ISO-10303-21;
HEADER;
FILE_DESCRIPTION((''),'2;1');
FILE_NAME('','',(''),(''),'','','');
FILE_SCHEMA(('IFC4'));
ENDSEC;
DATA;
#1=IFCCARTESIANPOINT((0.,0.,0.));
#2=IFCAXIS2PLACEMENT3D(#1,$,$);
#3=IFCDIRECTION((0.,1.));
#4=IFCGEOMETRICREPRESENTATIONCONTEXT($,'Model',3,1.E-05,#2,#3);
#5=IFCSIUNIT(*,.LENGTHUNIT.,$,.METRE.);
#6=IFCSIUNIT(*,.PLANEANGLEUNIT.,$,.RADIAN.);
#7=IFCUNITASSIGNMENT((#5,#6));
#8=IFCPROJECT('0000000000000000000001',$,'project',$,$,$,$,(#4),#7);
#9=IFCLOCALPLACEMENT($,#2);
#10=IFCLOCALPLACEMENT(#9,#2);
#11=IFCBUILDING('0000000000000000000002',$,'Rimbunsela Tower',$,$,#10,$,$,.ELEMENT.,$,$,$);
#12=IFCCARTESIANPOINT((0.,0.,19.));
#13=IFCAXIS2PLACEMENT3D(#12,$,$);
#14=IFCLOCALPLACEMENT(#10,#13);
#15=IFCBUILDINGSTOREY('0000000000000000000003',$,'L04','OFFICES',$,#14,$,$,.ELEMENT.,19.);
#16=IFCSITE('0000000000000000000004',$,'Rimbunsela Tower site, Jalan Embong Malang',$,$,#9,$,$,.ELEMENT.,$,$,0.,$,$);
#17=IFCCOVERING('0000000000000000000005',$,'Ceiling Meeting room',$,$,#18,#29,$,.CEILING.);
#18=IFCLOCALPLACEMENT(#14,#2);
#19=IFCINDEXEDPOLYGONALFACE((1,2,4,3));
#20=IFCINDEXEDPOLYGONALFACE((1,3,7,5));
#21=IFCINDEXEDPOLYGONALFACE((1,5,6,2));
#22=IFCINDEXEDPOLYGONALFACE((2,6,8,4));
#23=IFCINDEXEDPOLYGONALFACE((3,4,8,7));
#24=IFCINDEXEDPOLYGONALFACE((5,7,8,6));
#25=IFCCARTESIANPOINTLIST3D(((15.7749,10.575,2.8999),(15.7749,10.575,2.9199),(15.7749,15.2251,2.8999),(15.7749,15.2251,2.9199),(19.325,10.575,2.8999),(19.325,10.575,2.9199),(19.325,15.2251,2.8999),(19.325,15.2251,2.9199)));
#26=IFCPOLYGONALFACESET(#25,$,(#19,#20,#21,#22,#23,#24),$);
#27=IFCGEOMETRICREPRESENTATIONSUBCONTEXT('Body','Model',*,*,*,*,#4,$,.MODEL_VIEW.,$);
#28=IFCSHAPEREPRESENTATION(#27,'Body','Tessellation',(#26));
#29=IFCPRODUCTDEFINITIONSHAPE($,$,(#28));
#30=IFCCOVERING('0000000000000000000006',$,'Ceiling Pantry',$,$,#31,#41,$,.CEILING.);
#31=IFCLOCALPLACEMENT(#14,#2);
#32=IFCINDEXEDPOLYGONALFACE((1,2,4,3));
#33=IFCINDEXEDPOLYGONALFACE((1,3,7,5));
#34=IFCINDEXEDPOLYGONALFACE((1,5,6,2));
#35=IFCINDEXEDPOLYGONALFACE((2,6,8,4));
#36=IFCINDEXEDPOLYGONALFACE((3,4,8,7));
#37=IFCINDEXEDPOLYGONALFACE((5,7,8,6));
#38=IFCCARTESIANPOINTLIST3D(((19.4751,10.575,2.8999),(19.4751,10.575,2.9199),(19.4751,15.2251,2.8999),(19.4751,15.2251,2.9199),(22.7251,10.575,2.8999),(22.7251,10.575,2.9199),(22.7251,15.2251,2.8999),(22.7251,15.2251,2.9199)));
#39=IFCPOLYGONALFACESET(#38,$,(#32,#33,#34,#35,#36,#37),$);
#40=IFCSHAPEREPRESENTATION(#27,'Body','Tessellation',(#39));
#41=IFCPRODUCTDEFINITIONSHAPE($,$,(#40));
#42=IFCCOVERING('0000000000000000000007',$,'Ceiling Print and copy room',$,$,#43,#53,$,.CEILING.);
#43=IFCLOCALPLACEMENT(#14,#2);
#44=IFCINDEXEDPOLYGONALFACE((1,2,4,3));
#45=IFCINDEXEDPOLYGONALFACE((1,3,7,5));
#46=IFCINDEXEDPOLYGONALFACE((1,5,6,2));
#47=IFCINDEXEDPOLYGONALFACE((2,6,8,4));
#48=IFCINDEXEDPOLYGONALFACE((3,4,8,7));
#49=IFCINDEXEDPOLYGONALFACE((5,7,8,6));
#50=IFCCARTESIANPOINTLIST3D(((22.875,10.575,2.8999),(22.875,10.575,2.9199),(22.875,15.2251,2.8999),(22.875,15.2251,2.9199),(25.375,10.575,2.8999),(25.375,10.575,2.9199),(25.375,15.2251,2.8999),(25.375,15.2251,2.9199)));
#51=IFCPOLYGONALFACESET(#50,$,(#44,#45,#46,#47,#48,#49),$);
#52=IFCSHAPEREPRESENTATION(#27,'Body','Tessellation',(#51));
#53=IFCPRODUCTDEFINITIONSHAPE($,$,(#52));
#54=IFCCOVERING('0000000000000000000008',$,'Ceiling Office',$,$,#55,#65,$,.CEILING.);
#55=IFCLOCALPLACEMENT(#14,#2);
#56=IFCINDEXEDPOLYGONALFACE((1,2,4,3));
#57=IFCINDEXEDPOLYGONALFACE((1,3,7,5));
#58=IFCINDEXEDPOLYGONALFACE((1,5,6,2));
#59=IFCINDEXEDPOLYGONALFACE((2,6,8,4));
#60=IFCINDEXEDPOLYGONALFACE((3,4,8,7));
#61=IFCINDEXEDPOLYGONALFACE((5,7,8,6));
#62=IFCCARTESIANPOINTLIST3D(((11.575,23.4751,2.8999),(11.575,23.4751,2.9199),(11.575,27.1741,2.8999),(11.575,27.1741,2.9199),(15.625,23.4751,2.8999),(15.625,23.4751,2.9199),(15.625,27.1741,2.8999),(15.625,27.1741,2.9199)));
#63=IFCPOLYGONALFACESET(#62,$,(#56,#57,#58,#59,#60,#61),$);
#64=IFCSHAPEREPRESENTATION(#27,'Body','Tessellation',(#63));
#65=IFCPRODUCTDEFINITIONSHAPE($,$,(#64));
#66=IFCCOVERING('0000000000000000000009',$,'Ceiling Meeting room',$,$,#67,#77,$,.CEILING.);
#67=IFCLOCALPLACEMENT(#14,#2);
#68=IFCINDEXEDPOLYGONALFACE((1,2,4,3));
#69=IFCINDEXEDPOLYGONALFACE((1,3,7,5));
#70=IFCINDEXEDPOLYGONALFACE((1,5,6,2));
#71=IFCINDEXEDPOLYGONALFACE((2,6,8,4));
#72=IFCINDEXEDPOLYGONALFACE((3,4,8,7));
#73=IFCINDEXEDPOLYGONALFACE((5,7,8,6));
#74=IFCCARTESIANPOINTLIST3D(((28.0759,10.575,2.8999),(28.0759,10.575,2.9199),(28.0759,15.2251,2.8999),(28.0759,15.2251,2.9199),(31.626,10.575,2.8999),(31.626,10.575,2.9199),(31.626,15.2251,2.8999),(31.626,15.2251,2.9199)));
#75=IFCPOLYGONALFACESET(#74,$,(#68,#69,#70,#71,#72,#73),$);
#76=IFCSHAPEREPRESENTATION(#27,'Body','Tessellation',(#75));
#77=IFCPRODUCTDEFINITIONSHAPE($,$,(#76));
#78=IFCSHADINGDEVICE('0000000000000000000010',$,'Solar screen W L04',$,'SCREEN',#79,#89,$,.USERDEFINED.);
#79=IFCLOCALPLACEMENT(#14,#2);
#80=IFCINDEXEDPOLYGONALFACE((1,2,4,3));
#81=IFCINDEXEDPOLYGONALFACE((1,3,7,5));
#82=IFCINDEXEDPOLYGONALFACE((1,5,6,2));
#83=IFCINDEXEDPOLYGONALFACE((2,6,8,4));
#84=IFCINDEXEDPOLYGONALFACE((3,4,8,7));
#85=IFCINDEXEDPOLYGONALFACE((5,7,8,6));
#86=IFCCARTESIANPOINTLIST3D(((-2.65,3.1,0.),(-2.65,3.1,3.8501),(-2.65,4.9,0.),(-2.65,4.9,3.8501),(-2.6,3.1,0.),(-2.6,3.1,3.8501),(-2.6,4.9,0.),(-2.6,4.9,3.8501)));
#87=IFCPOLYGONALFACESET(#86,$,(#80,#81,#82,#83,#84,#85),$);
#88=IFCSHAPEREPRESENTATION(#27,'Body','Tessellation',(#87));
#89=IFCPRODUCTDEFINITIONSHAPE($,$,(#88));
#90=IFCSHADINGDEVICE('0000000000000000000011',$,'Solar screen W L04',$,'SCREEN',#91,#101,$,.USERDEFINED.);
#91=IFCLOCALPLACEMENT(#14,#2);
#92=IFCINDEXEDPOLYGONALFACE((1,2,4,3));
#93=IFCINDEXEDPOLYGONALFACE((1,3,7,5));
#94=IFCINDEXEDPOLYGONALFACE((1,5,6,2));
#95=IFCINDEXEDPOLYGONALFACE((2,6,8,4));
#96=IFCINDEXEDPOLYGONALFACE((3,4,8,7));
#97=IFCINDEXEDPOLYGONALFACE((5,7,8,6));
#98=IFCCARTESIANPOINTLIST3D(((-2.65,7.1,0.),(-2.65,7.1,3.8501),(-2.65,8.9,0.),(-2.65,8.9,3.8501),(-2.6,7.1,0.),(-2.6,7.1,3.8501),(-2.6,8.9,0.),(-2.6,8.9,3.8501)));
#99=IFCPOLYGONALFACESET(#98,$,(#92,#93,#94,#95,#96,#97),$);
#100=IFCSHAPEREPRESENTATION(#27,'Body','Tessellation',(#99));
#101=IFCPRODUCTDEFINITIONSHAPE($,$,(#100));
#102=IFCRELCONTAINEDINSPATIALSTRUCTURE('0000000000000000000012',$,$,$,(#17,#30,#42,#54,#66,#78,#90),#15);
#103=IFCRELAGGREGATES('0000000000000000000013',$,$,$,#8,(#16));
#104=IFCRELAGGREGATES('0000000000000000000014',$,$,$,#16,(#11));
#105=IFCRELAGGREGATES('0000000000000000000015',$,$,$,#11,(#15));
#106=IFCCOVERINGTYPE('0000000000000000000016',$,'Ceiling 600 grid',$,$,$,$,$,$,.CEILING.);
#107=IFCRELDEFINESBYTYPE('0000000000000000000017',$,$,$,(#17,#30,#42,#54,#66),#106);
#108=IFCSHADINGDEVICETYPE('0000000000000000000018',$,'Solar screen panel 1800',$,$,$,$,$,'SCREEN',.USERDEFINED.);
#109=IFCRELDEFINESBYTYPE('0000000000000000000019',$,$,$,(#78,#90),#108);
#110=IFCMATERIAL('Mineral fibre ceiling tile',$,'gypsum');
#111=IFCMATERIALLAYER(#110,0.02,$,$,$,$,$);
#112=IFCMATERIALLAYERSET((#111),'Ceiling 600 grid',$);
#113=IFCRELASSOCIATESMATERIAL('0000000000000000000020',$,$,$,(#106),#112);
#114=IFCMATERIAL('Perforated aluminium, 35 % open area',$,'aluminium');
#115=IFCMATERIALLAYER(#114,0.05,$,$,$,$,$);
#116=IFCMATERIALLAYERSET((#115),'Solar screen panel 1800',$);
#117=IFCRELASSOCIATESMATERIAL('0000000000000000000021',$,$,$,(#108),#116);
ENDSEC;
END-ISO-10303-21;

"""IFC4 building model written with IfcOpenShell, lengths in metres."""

from ifc_helpers import new_model, si_unit, direction, frame, origin, origin_2d, place, context, subcontext, project, spatial, polyline, rectangle, outline, extrude, material, layer, layer_set, type_object, element, save


model = new_model("IFC4")

# Units and contexts
model_context = context("Model", 3, precision=1e-05, world=origin(), true_north=direction((0.0, 1.0)))
body_context = subcontext(model_context, "Body", "Model", "MODEL_VIEW")
ifc_project = project(units=[si_unit("LENGTHUNIT", "METRE"), si_unit("PLANEANGLEUNIT", "RADIAN")], contexts=[model_context])

# Site, building, storey
site_placement = place(None, origin())
site = spatial("IfcSite", under=ifc_project, at=site_placement, Name="Rimbunsela Tower site, Jalan Embong Malang", CompositionType="ELEMENT", RefElevation=0.0)
building_placement = place(site_placement, origin())
building = spatial("IfcBuilding", under=site, at=building_placement, Name="Rimbunsela Tower", CompositionType="ELEMENT")
storey_placement = place(building_placement, frame((0.0, 0.0, 19.0)))
storey = spatial("IfcBuildingStorey", under=building, at=storey_placement, Name="L04", Description="OFFICES", CompositionType="ELEMENT", Elevation=19.0)

# Coverings
ifc_material_1 = material(Name="Mineral fibre ceiling tile", Category="gypsum")
ifc_layer_1 = layer(ifc_material_1, 0.02)
ifc_layer_set_1 = layer_set([ifc_layer_1], Name="Ceiling 600 grid")
covering_type_1 = type_object("IfcCoveringType", Name="Ceiling 600 grid", PredefinedType="CEILING", material=ifc_layer_set_1)
covering_1_placement = place(storey_placement, frame((0.0, 0.0, 2.8999)))
element("IfcCovering", 1, at=covering_1_placement, inside=storey, type_object=covering_type_1, Name="Ceiling Meeting room", PredefinedType="CEILING", context=body_context, shape_type="SweptSolid", body=[
    extrude(outline(polyline([(19.325, 10.575), (19.325, 15.2251), (15.7749, 15.2251), (15.7749, 10.575), (19.325, 10.575)])), origin(), (0.0, 0.0, 1.0), 0.02),
])
covering_2_placement = place(storey_placement, frame((0.0, 0.0, 2.8999)))
element("IfcCovering", 2, at=covering_2_placement, inside=storey, type_object=covering_type_1, Name="Ceiling Pantry", PredefinedType="CEILING", context=body_context, shape_type="SweptSolid", body=[
    extrude(outline(polyline([(22.7251, 10.575), (22.7251, 15.2251), (19.4751, 15.2251), (19.4751, 10.575), (22.7251, 10.575)])), origin(), (0.0, 0.0, 1.0), 0.02),
])
covering_3_placement = place(storey_placement, frame((0.0, 0.0, 2.8999)))
element("IfcCovering", 3, at=covering_3_placement, inside=storey, type_object=covering_type_1, Name="Ceiling Print and copy room", PredefinedType="CEILING", context=body_context, shape_type="SweptSolid", body=[
    extrude(outline(polyline([(25.375, 10.575), (25.375, 15.2251), (22.875, 15.2251), (22.875, 10.575), (25.375, 10.575)])), origin(), (0.0, 0.0, 1.0), 0.02),
])
covering_4_placement = place(storey_placement, frame((0.0, 0.0, 2.8999)))
element("IfcCovering", 4, at=covering_4_placement, inside=storey, type_object=covering_type_1, Name="Ceiling Office", PredefinedType="CEILING", context=body_context, shape_type="SweptSolid", body=[
    extrude(outline(polyline([(15.625, 23.4751), (15.625, 27.1741), (11.575, 27.1741), (11.575, 23.4751), (15.625, 23.4751)])), origin(), (0.0, 0.0, 1.0), 0.02),
])
covering_5_placement = place(storey_placement, frame((0.0, 0.0, 2.8999)))
element("IfcCovering", 5, at=covering_5_placement, inside=storey, type_object=covering_type_1, Name="Ceiling Meeting room", PredefinedType="CEILING", context=body_context, shape_type="SweptSolid", body=[
    extrude(outline(polyline([(31.626, 10.575), (31.626, 15.2251), (28.0759, 15.2251), (28.0759, 10.575), (31.626, 10.575)])), origin(), (0.0, 0.0, 1.0), 0.02),
])

# Shading devices
ifc_material_2 = material(Name="Perforated aluminium, 35 % open area", Category="aluminium")
ifc_layer_2 = layer(ifc_material_2, 0.05)
ifc_layer_set_2 = layer_set([ifc_layer_2], Name="Solar screen panel 1800")
shading_device_type = type_object("IfcShadingDeviceType", Name="Solar screen panel 1800", ElementType="SCREEN", PredefinedType="USERDEFINED", material=ifc_layer_set_2)
for number, where, z_axis, x_axis, name in (
    (6, (-2.625, 4.0, 0.0), (0.0, 0.0, 1.0), (0.0, 1.0, 0.0), "Solar screen W L04"),
    (7, (-2.625, 8.0, 0.0), (0.0, 0.0, 1.0), (0.0, 1.0, 0.0), "Solar screen W L04"),
):
    element("IfcShadingDevice", number, at=place(storey_placement, frame(where, z_axis=z_axis, x_axis=x_axis)), inside=storey, type_object=shading_device_type, Name=name, ObjectType="SCREEN", PredefinedType="USERDEFINED", context=body_context, shape_type="SweptSolid", body=[
        extrude(rectangle(XDim=1.8, YDim=0.05, at=origin_2d()), origin(), (0.0, 0.0, 1.0), 3.8501),
    ])

save(model, "model.ifc")
